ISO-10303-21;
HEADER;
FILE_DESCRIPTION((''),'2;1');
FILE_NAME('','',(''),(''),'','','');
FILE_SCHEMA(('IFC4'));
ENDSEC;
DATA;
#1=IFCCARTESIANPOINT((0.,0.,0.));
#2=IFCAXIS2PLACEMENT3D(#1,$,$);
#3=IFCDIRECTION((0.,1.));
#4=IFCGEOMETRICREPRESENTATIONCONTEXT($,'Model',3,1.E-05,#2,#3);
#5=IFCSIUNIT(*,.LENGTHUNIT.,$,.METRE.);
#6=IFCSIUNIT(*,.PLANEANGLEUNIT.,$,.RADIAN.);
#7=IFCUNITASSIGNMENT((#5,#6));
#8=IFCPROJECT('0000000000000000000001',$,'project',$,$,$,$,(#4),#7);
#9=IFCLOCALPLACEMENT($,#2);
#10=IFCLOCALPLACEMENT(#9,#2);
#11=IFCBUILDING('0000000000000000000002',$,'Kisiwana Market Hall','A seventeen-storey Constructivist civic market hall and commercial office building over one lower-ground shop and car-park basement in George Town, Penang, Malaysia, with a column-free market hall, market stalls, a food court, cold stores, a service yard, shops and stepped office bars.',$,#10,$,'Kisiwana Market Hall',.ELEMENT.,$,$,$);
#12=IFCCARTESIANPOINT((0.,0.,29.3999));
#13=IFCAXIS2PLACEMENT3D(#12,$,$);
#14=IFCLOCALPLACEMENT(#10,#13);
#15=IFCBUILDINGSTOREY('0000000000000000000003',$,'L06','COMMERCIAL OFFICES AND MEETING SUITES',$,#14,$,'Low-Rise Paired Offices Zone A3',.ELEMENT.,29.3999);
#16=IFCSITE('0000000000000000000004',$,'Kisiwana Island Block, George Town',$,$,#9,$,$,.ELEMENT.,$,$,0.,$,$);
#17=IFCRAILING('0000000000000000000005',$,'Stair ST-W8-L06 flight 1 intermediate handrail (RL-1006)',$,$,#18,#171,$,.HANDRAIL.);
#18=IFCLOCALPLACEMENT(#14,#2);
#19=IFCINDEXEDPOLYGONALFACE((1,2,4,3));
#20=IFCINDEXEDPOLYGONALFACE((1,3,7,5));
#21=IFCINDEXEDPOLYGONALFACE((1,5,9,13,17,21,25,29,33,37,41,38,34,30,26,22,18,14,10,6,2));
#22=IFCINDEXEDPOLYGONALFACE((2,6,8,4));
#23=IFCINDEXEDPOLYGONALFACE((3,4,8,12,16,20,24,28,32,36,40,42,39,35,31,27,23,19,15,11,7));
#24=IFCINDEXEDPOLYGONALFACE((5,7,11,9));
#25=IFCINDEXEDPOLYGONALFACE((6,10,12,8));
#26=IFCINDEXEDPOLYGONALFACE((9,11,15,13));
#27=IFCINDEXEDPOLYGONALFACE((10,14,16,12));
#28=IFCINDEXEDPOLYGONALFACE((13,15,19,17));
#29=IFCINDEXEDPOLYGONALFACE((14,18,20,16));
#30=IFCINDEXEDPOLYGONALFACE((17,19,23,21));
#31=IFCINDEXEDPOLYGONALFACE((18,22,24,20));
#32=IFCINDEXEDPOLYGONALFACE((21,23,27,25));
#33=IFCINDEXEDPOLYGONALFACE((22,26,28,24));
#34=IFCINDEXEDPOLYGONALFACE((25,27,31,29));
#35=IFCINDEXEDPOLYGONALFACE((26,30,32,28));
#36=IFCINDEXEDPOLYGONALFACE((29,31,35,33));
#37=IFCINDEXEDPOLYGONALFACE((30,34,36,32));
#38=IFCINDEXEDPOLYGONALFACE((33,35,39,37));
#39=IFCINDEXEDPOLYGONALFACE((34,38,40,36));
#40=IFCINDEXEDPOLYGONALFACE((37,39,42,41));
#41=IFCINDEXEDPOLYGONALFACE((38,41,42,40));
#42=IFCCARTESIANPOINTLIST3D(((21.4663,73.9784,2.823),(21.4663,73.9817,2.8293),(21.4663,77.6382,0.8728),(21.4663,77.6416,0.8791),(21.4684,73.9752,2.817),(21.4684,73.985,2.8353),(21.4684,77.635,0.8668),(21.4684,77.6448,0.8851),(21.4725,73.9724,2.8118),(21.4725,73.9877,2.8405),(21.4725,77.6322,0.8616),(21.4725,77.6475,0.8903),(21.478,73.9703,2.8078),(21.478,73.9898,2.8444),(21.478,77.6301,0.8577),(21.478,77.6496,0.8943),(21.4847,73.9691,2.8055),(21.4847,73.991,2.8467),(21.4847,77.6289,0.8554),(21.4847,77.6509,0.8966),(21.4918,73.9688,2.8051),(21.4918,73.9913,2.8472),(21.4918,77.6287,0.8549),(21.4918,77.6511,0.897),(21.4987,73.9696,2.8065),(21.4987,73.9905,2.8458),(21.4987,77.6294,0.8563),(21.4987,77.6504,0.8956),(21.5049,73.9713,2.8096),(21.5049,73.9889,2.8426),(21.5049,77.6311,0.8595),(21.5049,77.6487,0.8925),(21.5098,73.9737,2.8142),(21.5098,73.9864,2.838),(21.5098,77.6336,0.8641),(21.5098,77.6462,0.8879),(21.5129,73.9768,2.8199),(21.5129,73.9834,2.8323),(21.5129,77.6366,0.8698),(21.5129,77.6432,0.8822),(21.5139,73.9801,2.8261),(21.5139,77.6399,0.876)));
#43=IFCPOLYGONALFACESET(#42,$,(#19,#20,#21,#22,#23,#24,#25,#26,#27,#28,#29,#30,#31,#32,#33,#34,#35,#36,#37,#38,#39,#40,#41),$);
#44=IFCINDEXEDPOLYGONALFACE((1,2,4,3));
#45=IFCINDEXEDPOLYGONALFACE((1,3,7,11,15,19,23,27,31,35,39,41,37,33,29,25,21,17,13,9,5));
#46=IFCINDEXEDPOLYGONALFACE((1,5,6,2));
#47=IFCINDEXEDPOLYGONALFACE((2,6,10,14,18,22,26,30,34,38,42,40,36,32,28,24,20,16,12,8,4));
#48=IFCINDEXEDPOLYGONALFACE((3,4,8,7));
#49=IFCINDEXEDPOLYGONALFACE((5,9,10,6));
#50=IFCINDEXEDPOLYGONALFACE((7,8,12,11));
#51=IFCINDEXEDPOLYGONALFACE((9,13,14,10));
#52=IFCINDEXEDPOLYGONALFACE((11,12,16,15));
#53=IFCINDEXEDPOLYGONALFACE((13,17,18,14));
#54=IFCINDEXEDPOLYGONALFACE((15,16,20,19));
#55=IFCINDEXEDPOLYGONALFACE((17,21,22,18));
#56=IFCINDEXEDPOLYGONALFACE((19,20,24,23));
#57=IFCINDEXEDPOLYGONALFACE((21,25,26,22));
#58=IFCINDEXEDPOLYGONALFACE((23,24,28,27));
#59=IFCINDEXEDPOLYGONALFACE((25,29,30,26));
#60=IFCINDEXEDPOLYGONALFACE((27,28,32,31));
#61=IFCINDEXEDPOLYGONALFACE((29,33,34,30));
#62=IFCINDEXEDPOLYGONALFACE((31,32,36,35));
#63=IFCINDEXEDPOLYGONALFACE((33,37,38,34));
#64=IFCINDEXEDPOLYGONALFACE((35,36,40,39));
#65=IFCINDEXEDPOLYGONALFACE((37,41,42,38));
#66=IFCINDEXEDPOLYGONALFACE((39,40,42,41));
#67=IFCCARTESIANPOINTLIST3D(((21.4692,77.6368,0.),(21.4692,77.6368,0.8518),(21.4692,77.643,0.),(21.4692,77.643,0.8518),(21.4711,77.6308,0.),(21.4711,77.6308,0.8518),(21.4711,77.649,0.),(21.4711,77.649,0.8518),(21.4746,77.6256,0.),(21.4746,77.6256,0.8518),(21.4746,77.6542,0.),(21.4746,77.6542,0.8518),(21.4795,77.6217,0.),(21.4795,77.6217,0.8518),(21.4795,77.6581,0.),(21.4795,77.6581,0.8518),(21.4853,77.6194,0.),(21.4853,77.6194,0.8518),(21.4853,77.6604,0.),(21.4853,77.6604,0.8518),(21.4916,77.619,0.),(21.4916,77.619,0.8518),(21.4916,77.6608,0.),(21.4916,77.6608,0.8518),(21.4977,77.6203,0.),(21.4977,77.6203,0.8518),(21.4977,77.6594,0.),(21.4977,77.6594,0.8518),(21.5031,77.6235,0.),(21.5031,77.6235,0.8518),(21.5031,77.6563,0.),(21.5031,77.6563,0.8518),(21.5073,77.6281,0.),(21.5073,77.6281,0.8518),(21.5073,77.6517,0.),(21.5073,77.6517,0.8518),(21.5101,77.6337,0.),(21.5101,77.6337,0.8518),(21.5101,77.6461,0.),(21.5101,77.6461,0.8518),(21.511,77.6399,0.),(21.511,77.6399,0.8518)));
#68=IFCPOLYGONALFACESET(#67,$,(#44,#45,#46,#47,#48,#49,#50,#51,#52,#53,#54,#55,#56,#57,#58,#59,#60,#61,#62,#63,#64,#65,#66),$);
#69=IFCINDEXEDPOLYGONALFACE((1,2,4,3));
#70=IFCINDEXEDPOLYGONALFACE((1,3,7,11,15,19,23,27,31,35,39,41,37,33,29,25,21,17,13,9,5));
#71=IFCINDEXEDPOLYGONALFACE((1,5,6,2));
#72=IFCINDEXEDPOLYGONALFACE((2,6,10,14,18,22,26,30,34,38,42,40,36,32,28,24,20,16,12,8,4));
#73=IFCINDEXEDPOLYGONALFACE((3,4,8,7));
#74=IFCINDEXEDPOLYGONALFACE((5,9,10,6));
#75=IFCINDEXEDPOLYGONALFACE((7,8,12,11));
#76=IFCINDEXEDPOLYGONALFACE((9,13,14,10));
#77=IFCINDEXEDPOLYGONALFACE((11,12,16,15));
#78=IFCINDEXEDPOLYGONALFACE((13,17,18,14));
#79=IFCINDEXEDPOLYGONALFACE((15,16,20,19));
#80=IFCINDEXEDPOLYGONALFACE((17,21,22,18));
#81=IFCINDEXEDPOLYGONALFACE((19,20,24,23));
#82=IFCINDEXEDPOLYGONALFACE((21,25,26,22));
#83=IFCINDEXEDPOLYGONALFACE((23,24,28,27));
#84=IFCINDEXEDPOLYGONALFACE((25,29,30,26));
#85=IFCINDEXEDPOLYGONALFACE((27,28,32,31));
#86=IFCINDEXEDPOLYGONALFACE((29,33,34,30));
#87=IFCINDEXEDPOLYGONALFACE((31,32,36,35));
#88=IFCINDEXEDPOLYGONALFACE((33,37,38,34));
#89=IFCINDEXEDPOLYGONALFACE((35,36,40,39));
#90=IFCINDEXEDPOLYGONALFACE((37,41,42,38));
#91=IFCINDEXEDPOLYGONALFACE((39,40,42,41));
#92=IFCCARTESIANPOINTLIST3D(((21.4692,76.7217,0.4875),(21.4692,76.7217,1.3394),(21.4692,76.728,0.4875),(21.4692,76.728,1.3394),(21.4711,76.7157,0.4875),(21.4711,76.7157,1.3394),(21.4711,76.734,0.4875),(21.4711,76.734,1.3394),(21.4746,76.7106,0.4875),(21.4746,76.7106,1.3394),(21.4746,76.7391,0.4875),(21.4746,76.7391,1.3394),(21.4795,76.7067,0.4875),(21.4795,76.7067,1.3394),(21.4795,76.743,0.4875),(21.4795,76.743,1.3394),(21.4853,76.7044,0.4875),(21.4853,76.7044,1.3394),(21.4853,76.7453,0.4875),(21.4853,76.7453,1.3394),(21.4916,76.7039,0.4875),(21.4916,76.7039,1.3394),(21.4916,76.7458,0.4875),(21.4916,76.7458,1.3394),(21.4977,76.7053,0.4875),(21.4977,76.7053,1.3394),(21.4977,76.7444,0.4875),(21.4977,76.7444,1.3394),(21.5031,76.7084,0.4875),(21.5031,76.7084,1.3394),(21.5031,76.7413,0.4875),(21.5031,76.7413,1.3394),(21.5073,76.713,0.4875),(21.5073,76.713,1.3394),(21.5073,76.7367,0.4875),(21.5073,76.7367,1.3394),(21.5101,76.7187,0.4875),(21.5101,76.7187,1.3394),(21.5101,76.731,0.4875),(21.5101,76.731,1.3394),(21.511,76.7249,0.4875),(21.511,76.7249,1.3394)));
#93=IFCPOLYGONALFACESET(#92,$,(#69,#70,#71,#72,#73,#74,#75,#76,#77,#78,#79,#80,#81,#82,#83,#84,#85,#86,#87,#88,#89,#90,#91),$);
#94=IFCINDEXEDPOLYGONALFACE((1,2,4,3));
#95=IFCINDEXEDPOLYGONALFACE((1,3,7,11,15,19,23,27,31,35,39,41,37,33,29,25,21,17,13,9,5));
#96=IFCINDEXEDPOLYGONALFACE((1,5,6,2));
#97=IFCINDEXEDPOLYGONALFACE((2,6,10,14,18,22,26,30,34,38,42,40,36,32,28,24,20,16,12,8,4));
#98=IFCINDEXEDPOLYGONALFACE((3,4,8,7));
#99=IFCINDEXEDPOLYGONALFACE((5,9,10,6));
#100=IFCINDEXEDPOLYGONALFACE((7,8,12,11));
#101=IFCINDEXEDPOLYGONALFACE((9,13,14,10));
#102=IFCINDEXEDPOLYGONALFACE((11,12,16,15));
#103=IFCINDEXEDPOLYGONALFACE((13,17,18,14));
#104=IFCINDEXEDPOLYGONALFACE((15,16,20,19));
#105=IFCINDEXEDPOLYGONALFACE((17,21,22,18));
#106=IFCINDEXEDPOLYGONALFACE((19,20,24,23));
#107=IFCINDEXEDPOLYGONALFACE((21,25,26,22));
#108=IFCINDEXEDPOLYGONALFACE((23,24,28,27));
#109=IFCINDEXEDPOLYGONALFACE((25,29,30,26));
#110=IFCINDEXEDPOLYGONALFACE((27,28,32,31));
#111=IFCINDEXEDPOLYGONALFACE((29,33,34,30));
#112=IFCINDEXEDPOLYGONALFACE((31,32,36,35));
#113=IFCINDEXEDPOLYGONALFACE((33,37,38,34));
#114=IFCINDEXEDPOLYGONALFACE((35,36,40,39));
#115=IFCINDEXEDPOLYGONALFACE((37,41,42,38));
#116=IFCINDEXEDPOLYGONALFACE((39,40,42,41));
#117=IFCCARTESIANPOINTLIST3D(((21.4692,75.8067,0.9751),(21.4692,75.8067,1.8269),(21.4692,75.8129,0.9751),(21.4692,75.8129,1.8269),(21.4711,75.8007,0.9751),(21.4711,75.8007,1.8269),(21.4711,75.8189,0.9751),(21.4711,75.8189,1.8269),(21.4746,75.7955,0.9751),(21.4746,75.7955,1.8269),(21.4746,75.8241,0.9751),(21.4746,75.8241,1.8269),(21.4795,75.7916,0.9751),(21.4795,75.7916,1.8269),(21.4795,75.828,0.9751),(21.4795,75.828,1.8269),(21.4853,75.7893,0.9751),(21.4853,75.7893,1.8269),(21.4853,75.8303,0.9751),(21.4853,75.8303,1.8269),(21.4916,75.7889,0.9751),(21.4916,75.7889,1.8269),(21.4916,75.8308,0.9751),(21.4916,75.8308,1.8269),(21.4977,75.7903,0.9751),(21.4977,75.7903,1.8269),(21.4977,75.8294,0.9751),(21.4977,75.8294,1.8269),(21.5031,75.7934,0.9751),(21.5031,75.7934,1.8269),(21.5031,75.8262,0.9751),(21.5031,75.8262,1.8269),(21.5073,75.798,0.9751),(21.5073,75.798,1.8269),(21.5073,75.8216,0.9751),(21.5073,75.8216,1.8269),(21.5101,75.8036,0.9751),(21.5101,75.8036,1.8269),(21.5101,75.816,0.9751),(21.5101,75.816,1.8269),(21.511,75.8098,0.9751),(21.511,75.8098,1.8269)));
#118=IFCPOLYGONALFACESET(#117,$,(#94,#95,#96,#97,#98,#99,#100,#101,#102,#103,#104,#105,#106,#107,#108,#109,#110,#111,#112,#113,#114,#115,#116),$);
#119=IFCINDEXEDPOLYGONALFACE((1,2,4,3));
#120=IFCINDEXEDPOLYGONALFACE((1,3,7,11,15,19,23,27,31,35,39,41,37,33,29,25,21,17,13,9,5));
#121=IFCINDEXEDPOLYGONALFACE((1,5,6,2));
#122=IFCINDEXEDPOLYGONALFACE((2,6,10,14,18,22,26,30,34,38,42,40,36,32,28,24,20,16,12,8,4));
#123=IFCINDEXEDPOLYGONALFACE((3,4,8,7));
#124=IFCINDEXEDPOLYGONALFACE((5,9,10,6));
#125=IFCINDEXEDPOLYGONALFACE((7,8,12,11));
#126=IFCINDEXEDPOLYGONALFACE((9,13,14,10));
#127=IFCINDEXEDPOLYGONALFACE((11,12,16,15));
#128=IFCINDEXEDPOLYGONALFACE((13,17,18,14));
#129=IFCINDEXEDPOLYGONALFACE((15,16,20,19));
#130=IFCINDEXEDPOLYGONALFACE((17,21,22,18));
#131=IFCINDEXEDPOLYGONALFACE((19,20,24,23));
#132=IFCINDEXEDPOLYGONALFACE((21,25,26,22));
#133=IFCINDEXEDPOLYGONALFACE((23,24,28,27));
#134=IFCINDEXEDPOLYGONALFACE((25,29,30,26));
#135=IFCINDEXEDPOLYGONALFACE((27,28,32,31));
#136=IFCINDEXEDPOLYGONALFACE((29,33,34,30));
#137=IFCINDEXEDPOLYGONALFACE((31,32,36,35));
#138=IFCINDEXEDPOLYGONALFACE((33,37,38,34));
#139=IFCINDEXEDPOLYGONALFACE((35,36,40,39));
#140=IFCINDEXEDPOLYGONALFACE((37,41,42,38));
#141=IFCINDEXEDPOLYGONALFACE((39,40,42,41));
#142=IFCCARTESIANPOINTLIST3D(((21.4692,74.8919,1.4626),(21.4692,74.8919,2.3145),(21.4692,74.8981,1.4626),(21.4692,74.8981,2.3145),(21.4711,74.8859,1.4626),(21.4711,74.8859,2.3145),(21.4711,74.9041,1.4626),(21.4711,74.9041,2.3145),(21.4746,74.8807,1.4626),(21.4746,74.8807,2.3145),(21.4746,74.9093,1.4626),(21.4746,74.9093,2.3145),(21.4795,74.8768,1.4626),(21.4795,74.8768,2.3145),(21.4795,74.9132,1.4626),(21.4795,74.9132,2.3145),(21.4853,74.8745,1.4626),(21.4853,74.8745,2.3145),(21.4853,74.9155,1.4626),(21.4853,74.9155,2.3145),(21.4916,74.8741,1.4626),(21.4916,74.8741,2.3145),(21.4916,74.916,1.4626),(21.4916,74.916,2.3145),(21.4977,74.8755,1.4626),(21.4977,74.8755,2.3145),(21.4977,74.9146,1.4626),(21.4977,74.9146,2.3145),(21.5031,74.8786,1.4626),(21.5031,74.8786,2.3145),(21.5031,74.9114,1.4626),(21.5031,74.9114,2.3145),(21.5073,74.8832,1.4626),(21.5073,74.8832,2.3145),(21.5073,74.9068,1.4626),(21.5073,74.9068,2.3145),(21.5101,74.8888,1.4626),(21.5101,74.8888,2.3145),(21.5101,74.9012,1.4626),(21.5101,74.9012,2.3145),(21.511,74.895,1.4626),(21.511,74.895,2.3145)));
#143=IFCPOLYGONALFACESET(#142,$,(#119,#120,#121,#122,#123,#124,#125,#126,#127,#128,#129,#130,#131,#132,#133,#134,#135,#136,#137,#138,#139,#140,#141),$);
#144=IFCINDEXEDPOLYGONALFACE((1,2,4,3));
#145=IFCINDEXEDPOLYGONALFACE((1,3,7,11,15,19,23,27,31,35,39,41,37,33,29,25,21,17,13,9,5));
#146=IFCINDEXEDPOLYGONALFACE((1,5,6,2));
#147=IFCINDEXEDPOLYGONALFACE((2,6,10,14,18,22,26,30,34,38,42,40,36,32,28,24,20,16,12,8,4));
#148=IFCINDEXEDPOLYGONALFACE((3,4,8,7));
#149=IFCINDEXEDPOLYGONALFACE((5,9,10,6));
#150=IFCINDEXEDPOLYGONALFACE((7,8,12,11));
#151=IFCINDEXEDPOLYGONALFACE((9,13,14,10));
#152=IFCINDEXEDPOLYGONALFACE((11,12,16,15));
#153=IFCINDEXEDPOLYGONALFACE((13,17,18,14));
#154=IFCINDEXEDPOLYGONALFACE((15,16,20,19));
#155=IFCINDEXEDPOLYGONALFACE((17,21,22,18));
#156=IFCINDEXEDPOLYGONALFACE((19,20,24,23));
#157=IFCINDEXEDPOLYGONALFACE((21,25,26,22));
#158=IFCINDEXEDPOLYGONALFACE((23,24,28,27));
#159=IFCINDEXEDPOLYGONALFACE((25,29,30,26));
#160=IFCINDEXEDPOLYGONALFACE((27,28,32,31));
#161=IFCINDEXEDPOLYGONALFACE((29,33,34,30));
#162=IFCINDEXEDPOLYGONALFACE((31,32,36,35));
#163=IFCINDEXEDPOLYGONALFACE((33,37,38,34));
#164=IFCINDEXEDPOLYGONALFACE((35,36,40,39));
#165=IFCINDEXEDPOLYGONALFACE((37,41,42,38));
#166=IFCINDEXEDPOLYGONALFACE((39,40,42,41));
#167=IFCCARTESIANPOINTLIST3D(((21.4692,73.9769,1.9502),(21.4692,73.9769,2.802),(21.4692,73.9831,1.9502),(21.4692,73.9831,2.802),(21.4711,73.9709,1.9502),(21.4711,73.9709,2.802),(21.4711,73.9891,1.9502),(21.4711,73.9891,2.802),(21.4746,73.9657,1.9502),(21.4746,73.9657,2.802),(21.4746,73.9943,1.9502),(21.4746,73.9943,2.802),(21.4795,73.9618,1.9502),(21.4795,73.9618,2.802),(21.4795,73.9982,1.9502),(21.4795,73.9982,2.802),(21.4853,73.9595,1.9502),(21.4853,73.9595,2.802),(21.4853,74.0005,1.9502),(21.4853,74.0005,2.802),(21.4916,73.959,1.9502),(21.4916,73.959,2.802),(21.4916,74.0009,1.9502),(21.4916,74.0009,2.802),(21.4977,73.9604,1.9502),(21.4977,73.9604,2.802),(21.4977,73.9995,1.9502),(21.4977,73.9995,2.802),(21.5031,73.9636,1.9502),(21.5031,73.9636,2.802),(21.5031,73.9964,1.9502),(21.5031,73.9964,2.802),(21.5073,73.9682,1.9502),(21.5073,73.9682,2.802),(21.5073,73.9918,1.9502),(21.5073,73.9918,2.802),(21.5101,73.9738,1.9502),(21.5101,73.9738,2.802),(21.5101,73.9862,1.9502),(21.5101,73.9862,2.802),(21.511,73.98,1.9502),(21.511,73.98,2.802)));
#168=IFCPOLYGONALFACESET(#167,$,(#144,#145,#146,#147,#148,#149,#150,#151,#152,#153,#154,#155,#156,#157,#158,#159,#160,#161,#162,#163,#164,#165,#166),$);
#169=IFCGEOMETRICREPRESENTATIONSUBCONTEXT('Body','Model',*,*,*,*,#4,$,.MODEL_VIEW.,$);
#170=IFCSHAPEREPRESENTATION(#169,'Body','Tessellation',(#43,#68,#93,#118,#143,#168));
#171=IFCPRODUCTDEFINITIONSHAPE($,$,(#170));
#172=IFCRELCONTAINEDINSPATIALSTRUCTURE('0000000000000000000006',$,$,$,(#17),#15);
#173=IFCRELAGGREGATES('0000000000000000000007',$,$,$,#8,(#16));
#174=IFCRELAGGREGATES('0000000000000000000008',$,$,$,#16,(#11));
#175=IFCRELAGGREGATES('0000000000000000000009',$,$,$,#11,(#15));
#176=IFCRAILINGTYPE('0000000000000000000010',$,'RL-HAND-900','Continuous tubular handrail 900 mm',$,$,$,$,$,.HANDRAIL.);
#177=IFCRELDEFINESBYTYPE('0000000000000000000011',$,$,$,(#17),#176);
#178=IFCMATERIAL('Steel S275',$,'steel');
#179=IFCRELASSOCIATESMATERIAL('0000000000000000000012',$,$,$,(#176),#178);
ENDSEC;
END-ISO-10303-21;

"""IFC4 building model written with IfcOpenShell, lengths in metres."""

from ifc_helpers import new_model, si_unit, direction, frame, origin, origin_2d, place, context, subcontext, project, spatial, circle, extrude, material, type_object, element, save


model = new_model("IFC4")

# Units and contexts
model_context = context("Model", 3, precision=1e-05, world=origin(), true_north=direction((0.0, 1.0)))
body_context = subcontext(model_context, "Body", "Model", "MODEL_VIEW")
ifc_project = project(units=[si_unit("LENGTHUNIT", "METRE"), si_unit("PLANEANGLEUNIT", "RADIAN")], contexts=[model_context])

# Site, building, storey
site_placement = place(None, origin())
site = spatial("IfcSite", under=ifc_project, at=site_placement, Name="Kisiwana Island Block, George Town", CompositionType="ELEMENT", RefElevation=0.0)
building_placement = place(site_placement, origin())
building = spatial("IfcBuilding", under=site, at=building_placement, Name="Kisiwana Market Hall", Description="A seventeen-storey Constructivist civic market hall and commercial office building over one lower-ground shop and car-park basement in George Town, Penang, Malaysia, with a column-free market hall, market stalls, a food court, cold stores, a service yard, shops and stepped office bars.", LongName="Kisiwana Market Hall", CompositionType="ELEMENT")
storey_placement = place(building_placement, frame((0.0, 0.0, 29.3999)))
storey = spatial("IfcBuildingStorey", under=building, at=storey_placement, Name="L06", Description="COMMERCIAL OFFICES AND MEETING SUITES", LongName="Low-Rise Paired Offices Zone A3", CompositionType="ELEMENT", Elevation=29.3999)

# Railing
ifc_material_1 = material(Name="Steel S275", Category="steel")
railing_type_1 = type_object("IfcRailingType", Name="RL-HAND-900", Description="Continuous tubular handrail 900 mm", PredefinedType="HANDRAIL", material=ifc_material_1)
railing_1_placement = place(storey_placement, frame((21.49, 77.6399, 0.0)))
element("IfcRailing", 1, at=railing_1_placement, inside=storey, type_object=railing_type_1, Name="Stair ST-W8-L06 flight 1 intermediate handrail (RL-1006)", PredefinedType="HANDRAIL", context=body_context, shape_type="SweptSolid", body=[
    extrude(circle(Radius=0.0239, at=origin_2d()), frame((0.0, 0.0, 0.876), z_axis=(0.0, -0.882529, 0.470258), x_axis=(1.0, 0.0, 0.0)), (0.0, 0.0, 1.0), 4.147),
    extrude(circle(Radius=0.021, at=origin_2d()), origin(), (0.0, 0.0, 1.0), 0.8518),
    extrude(circle(Radius=0.021, at=origin_2d()), frame((0.0, -0.915, 0.4875)), (0.0, 0.0, 1.0), 0.8518),
    extrude(circle(Radius=0.021, at=origin_2d()), frame((0.0, -1.8301, 0.9751)), (0.0, 0.0, 1.0), 0.8518),
    extrude(circle(Radius=0.021, at=origin_2d()), frame((0.0, -2.7449, 1.4626)), (0.0, 0.0, 1.0), 0.8518),
    extrude(circle(Radius=0.021, at=origin_2d()), frame((0.0, -3.6599, 1.9502)), (0.0, 0.0, 1.0), 0.8518),
])

save(model, "model.ifc")
